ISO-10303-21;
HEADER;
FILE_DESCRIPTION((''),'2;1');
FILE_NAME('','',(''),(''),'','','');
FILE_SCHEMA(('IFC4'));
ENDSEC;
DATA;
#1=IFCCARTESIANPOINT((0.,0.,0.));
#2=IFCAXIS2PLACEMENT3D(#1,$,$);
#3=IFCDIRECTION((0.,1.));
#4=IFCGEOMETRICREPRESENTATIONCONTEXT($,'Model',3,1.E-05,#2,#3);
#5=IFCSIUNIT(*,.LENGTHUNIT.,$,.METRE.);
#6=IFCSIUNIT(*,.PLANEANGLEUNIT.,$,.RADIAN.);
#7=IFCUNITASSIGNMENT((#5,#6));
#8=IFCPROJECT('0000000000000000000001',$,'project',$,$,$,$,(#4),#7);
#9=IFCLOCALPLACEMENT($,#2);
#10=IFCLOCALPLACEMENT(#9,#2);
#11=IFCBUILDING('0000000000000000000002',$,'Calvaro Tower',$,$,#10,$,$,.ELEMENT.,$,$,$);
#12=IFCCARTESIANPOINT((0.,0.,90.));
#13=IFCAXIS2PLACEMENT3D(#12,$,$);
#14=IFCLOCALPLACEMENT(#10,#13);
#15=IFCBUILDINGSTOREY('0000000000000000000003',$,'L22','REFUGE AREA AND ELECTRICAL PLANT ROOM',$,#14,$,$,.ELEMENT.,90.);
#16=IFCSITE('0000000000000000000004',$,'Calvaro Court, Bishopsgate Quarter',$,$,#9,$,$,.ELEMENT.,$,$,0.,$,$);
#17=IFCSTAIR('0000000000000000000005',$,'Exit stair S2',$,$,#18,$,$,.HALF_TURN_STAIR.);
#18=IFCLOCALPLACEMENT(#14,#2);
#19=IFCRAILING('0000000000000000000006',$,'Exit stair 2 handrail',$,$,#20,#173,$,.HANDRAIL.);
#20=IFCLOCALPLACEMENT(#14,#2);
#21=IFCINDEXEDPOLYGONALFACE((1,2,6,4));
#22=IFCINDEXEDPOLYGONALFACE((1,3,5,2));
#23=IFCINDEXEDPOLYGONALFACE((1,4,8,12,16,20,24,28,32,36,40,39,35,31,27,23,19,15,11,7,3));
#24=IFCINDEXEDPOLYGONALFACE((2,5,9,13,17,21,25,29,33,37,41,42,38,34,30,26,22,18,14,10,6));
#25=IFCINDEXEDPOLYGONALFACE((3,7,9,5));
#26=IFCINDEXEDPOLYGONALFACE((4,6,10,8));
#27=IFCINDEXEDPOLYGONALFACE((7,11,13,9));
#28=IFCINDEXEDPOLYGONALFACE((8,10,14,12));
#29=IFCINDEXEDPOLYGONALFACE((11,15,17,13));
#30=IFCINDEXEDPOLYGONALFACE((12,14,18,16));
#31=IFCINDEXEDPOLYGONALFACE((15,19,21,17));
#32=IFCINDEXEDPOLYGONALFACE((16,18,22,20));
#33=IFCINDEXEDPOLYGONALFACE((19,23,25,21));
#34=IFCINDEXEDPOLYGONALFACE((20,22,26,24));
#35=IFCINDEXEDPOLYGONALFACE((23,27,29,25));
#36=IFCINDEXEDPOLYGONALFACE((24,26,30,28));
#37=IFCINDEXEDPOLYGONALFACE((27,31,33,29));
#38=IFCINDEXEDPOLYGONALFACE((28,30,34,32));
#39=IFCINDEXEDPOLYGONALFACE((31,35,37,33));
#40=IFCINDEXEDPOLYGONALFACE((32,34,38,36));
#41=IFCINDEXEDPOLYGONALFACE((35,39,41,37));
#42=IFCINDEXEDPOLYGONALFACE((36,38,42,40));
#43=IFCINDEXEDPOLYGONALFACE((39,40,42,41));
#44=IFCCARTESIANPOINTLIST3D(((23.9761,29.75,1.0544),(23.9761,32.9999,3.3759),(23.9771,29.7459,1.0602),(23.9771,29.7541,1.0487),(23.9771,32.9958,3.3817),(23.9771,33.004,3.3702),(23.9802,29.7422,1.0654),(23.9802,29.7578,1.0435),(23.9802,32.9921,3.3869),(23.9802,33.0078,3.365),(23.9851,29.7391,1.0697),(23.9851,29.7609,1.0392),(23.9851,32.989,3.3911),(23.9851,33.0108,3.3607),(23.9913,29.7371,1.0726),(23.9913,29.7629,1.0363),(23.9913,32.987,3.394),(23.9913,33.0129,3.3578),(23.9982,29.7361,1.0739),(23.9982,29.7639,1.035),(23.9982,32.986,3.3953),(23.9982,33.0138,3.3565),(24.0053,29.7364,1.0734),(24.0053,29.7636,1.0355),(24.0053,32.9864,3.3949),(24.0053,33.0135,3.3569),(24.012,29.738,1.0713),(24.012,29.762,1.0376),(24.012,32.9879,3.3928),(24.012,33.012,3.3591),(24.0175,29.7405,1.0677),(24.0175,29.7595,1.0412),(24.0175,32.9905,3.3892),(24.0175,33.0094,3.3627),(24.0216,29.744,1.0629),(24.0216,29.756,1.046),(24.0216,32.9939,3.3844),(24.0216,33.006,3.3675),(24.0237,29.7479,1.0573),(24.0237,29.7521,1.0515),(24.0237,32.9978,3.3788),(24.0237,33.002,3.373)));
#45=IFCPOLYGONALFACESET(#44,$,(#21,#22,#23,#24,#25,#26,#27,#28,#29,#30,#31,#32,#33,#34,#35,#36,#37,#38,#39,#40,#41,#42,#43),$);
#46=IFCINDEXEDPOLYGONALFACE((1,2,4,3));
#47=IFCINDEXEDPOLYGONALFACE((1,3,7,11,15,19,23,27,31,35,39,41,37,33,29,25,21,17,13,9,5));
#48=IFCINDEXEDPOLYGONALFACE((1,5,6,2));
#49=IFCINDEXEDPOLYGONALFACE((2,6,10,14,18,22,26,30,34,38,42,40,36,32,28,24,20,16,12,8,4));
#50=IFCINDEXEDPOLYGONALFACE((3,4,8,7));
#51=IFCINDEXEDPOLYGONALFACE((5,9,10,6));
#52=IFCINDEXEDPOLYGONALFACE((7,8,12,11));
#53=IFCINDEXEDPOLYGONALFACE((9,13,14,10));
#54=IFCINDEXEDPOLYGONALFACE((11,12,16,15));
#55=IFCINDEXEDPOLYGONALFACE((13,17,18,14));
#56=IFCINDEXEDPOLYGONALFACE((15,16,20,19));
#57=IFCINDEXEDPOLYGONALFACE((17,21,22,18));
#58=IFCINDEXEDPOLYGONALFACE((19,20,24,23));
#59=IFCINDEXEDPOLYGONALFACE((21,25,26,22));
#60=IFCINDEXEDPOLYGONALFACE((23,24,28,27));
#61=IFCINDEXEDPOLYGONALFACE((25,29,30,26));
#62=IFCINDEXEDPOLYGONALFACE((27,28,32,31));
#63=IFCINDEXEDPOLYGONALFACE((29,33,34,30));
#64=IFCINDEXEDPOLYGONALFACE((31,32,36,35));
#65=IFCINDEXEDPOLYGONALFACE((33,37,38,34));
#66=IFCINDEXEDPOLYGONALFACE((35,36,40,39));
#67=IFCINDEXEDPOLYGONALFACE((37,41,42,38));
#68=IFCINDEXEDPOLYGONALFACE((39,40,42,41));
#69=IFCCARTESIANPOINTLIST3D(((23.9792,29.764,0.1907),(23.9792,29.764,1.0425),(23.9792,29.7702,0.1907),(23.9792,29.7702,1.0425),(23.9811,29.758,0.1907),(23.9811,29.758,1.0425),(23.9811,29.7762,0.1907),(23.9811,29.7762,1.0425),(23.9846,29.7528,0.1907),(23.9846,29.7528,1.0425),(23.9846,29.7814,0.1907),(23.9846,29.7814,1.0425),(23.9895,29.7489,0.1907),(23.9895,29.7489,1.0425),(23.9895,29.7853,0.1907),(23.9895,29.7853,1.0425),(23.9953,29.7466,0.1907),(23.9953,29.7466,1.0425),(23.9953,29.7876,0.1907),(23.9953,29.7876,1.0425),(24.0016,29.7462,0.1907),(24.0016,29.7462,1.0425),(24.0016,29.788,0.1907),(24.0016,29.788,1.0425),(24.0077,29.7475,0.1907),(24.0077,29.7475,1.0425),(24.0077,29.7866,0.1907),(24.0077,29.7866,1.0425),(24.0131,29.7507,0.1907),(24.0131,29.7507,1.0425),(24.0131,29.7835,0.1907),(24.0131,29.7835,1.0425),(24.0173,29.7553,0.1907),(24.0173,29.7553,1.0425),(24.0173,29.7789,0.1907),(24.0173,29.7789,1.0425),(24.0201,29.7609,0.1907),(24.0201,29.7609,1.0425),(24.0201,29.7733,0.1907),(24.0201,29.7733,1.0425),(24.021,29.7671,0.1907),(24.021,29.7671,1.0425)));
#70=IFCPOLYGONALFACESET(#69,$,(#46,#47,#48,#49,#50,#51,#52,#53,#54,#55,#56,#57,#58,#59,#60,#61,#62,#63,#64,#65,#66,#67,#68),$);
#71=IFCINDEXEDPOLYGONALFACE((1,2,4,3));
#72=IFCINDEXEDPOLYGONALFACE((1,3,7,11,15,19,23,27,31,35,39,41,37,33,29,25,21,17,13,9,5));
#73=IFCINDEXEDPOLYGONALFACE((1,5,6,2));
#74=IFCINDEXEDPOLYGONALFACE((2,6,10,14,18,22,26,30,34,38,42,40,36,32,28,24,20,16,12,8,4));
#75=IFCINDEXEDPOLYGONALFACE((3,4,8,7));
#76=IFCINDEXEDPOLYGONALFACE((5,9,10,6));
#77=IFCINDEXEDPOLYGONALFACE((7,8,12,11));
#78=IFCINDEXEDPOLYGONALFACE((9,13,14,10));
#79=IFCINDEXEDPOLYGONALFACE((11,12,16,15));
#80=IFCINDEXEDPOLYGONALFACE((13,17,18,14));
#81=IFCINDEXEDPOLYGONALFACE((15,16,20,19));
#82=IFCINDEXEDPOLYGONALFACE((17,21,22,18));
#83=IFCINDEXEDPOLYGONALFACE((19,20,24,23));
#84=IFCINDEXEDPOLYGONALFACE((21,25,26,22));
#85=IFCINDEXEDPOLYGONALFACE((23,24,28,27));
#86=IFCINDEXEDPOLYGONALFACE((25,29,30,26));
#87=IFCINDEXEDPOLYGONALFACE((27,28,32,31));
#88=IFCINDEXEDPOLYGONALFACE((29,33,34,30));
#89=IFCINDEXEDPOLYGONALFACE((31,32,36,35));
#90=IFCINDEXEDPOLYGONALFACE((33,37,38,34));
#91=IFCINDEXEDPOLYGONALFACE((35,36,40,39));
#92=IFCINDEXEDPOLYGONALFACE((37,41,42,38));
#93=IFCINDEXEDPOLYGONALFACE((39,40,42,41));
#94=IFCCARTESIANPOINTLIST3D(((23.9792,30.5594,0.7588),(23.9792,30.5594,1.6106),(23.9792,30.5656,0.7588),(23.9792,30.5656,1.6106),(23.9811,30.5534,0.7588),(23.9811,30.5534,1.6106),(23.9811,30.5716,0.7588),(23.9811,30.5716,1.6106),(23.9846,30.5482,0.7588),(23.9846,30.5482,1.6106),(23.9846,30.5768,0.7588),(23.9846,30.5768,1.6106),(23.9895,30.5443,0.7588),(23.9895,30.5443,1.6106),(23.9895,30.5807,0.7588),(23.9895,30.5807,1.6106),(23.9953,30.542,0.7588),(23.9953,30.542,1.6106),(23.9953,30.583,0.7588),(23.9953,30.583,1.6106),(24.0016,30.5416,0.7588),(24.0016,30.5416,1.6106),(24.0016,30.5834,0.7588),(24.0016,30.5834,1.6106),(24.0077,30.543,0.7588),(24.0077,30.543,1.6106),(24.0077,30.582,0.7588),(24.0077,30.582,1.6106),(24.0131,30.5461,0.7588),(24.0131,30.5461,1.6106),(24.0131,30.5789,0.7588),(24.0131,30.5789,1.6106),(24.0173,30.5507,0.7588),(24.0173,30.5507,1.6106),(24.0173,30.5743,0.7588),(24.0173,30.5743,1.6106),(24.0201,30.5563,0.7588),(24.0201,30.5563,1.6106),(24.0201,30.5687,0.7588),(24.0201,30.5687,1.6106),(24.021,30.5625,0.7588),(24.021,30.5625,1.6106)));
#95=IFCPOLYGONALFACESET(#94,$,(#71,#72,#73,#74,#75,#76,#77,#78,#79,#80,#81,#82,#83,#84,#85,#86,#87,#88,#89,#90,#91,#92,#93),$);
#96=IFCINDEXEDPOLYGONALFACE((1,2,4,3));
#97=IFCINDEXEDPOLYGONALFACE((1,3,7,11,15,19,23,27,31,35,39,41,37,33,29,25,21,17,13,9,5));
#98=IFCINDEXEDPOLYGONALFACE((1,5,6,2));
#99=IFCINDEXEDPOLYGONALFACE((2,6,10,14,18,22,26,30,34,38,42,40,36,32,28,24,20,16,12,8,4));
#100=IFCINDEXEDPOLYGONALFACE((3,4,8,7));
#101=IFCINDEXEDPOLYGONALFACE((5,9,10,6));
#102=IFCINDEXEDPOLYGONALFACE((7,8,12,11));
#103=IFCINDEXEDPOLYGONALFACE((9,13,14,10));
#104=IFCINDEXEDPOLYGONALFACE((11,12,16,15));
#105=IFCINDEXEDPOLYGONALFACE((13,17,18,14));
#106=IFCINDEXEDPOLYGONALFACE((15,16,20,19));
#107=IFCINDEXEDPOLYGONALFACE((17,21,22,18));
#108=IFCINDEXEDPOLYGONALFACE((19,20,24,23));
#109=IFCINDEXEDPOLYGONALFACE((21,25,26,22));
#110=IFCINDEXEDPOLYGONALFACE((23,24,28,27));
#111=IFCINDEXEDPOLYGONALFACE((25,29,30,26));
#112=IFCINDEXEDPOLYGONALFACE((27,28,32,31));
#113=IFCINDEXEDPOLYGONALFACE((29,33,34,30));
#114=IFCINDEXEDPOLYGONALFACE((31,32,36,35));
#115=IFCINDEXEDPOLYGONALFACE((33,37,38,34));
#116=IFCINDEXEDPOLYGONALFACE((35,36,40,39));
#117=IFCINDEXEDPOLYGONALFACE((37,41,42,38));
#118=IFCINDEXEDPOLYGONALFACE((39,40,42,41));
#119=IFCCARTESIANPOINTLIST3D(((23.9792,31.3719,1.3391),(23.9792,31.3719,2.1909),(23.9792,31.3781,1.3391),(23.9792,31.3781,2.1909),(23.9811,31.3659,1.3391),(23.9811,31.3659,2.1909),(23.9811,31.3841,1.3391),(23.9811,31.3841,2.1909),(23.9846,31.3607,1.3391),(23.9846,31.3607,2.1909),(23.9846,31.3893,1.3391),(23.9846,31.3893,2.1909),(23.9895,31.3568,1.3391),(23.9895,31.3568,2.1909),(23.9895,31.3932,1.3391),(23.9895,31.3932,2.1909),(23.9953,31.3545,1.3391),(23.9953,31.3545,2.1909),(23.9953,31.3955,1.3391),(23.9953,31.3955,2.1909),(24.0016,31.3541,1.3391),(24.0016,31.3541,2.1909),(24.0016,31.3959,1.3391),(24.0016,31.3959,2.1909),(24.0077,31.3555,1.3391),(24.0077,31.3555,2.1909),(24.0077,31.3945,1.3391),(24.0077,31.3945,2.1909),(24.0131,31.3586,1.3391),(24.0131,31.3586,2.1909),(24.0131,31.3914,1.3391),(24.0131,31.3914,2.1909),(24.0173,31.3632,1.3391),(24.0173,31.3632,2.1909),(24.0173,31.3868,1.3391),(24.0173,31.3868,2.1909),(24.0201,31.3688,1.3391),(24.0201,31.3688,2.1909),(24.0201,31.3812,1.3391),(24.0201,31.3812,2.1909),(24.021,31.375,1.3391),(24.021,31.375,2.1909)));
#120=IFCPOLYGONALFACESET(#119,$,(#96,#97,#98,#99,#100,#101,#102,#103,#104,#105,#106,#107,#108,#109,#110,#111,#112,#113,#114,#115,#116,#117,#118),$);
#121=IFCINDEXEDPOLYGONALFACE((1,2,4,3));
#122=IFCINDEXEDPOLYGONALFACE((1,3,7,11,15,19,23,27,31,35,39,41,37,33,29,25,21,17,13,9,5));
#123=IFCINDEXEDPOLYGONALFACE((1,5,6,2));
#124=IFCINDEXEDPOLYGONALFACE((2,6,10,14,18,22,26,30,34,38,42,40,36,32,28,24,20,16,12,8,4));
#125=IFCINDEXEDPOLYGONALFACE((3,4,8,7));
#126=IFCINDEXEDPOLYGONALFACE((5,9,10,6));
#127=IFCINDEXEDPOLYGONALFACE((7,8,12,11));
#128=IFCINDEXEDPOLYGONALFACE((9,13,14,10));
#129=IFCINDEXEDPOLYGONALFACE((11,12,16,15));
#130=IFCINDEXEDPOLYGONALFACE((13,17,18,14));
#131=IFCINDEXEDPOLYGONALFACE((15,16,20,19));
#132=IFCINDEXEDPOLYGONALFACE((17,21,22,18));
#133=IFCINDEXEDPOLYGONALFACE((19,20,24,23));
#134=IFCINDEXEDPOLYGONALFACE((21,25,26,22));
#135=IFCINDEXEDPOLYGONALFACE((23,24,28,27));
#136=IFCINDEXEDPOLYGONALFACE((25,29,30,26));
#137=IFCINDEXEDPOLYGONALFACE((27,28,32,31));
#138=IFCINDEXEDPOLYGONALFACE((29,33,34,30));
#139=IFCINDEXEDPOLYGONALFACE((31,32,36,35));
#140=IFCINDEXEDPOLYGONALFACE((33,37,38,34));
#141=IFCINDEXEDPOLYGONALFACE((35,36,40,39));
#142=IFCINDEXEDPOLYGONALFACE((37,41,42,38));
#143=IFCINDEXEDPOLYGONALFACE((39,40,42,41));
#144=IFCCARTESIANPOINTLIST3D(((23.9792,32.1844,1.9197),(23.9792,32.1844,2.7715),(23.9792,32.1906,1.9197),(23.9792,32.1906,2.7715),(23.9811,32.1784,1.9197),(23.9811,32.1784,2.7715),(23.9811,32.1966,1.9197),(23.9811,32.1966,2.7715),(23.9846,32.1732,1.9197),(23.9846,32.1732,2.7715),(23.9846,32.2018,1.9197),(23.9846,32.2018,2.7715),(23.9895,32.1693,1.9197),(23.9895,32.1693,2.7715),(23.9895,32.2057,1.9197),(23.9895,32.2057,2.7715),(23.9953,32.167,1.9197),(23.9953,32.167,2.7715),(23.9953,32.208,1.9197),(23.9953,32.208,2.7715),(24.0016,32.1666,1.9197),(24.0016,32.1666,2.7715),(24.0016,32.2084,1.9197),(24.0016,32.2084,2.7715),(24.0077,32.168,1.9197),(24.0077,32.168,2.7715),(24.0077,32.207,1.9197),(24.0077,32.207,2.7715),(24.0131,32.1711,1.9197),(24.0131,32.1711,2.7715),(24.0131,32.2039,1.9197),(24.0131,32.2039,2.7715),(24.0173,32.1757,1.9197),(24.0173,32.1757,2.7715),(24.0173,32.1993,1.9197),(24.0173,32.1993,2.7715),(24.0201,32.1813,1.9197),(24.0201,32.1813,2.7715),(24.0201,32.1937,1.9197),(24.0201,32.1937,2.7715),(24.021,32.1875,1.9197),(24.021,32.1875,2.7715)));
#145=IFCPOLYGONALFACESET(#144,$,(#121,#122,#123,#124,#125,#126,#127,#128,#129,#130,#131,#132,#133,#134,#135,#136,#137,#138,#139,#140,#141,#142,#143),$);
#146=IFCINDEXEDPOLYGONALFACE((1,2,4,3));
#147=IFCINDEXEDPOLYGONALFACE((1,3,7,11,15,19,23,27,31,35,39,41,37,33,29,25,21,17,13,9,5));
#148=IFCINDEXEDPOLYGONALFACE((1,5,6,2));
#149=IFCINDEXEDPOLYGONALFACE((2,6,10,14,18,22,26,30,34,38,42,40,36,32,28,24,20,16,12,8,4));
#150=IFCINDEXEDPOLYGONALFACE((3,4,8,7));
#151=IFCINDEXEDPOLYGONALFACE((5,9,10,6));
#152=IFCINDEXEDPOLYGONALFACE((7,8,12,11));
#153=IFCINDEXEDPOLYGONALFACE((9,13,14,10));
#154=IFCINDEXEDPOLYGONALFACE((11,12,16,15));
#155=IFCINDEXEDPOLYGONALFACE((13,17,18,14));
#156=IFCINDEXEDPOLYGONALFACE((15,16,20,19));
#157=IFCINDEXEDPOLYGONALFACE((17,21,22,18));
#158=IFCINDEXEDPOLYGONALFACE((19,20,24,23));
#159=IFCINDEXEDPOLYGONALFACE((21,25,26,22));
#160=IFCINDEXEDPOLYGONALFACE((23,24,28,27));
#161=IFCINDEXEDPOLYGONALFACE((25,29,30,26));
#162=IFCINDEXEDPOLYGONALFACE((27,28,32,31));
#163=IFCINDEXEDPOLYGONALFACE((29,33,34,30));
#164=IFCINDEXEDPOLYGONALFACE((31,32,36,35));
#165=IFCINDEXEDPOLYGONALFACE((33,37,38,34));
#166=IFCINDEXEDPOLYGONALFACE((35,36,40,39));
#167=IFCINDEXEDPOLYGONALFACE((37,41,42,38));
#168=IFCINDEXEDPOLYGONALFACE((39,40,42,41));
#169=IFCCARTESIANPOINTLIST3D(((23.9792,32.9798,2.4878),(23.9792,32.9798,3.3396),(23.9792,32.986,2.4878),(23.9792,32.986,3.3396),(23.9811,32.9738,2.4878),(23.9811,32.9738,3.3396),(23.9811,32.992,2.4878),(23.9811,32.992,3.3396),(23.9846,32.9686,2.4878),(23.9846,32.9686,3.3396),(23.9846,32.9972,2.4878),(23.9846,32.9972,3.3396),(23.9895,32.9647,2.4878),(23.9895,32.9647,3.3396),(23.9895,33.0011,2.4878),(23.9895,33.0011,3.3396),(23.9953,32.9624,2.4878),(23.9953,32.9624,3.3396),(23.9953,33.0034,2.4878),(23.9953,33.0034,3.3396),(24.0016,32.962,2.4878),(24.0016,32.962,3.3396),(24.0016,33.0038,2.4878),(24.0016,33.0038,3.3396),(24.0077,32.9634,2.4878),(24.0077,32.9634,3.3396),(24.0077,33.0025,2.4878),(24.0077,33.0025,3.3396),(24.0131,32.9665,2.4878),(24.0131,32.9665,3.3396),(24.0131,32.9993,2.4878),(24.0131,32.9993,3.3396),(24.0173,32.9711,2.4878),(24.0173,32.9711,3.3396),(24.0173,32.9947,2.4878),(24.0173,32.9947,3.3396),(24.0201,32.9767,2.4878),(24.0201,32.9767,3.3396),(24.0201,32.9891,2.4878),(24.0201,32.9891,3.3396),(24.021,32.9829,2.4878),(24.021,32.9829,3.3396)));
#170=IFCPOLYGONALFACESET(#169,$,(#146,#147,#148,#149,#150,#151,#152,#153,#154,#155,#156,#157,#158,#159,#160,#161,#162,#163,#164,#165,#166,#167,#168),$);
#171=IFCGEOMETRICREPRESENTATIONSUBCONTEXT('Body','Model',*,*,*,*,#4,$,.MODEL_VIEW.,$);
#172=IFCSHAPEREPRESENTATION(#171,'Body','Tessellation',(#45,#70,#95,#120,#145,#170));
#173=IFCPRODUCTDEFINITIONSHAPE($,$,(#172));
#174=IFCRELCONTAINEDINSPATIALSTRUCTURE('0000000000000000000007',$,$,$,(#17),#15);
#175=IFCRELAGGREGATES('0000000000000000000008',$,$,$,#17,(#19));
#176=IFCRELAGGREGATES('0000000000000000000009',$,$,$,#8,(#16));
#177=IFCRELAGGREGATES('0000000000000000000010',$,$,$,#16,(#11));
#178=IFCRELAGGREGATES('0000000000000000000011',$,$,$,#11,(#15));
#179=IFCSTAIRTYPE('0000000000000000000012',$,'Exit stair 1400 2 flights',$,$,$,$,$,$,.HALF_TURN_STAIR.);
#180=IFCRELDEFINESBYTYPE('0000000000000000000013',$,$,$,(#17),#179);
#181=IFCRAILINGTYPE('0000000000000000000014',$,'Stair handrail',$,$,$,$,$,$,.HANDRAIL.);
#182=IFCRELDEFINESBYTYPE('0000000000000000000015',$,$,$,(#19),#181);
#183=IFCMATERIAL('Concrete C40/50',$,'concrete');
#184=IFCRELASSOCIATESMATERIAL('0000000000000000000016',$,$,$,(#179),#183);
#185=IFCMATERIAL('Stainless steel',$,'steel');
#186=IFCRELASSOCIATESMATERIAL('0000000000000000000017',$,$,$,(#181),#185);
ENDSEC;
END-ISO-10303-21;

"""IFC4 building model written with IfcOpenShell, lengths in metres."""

from ifc_helpers import new_model, si_unit, direction, frame, origin, origin_2d, place, context, subcontext, project, spatial, circle, extrude, material, type_object, element, aggregate, save


model = new_model("IFC4")

# Units and contexts
model_context = context("Model", 3, precision=1e-05, world=origin(), true_north=direction((0.0, 1.0)))
body_context = subcontext(model_context, "Body", "Model", "MODEL_VIEW")
ifc_project = project(units=[si_unit("LENGTHUNIT", "METRE"), si_unit("PLANEANGLEUNIT", "RADIAN")], contexts=[model_context])

# Site, building, storey
site_placement = place(None, origin())
site = spatial("IfcSite", under=ifc_project, at=site_placement, Name="Calvaro Court, Bishopsgate Quarter", CompositionType="ELEMENT", RefElevation=0.0)
building_placement = place(site_placement, origin())
building = spatial("IfcBuilding", under=site, at=building_placement, Name="Calvaro Tower", CompositionType="ELEMENT")
storey_placement = place(building_placement, frame((0.0, 0.0, 90.0)))
storey = spatial("IfcBuildingStorey", under=building, at=storey_placement, Name="L22", Description="REFUGE AREA AND ELECTRICAL PLANT ROOM", CompositionType="ELEMENT", Elevation=90.0)

# Stair
ifc_material_1 = material(Name="Concrete C40/50", Category="concrete")
stair_type = type_object("IfcStairType", Name="Exit stair 1400 2 flights", PredefinedType="HALF_TURN_STAIR", material=ifc_material_1)
stair_1_placement = place(storey_placement, origin())
stair_1 = element("IfcStair", 1, at=stair_1_placement, inside=storey, type_object=stair_type, Name="Exit stair S2", PredefinedType="HALF_TURN_STAIR")

# Railing
ifc_material_2 = material(Name="Stainless steel", Category="steel")
railing_type = type_object("IfcRailingType", Name="Stair handrail", PredefinedType="HANDRAIL", material=ifc_material_2)
railing_1_placement = place(storey_placement, frame((24.0, 29.75, 0.1785)))
railing_1 = element("IfcRailing", 2, at=railing_1_placement, type_object=railing_type, Name="Exit stair 2 handrail", PredefinedType="HANDRAIL", context=body_context, shape_type="SweptSolid", body=[
    extrude(circle(Radius=0.0239, at=origin_2d()), frame((0.0, 0.0, 0.876), z_axis=(0.0, 0.813721, 0.581256), x_axis=(-1.0, 0.0, 0.0)), (0.0, 0.0, 1.0), 3.9939),
    extrude(circle(Radius=0.021, at=origin_2d()), frame((0.0, 0.0171, 0.0122)), (0.0, 0.0, 1.0), 0.8518),
    extrude(circle(Radius=0.021, at=origin_2d()), frame((0.0, 0.8125, 0.5803)), (0.0, 0.0, 1.0), 0.8518),
    extrude(circle(Radius=0.021, at=origin_2d()), frame((0.0, 1.625, 1.1606)), (0.0, 0.0, 1.0), 0.8518),
    extrude(circle(Radius=0.021, at=origin_2d()), frame((0.0, 2.4375, 1.7412)), (0.0, 0.0, 1.0), 0.8518),
    extrude(circle(Radius=0.021, at=origin_2d()), frame((0.0, 3.2329, 2.3093)), (0.0, 0.0, 1.0), 0.8518),
])
aggregate(stair_1, [railing_1])

save(model, "model.ifc")
